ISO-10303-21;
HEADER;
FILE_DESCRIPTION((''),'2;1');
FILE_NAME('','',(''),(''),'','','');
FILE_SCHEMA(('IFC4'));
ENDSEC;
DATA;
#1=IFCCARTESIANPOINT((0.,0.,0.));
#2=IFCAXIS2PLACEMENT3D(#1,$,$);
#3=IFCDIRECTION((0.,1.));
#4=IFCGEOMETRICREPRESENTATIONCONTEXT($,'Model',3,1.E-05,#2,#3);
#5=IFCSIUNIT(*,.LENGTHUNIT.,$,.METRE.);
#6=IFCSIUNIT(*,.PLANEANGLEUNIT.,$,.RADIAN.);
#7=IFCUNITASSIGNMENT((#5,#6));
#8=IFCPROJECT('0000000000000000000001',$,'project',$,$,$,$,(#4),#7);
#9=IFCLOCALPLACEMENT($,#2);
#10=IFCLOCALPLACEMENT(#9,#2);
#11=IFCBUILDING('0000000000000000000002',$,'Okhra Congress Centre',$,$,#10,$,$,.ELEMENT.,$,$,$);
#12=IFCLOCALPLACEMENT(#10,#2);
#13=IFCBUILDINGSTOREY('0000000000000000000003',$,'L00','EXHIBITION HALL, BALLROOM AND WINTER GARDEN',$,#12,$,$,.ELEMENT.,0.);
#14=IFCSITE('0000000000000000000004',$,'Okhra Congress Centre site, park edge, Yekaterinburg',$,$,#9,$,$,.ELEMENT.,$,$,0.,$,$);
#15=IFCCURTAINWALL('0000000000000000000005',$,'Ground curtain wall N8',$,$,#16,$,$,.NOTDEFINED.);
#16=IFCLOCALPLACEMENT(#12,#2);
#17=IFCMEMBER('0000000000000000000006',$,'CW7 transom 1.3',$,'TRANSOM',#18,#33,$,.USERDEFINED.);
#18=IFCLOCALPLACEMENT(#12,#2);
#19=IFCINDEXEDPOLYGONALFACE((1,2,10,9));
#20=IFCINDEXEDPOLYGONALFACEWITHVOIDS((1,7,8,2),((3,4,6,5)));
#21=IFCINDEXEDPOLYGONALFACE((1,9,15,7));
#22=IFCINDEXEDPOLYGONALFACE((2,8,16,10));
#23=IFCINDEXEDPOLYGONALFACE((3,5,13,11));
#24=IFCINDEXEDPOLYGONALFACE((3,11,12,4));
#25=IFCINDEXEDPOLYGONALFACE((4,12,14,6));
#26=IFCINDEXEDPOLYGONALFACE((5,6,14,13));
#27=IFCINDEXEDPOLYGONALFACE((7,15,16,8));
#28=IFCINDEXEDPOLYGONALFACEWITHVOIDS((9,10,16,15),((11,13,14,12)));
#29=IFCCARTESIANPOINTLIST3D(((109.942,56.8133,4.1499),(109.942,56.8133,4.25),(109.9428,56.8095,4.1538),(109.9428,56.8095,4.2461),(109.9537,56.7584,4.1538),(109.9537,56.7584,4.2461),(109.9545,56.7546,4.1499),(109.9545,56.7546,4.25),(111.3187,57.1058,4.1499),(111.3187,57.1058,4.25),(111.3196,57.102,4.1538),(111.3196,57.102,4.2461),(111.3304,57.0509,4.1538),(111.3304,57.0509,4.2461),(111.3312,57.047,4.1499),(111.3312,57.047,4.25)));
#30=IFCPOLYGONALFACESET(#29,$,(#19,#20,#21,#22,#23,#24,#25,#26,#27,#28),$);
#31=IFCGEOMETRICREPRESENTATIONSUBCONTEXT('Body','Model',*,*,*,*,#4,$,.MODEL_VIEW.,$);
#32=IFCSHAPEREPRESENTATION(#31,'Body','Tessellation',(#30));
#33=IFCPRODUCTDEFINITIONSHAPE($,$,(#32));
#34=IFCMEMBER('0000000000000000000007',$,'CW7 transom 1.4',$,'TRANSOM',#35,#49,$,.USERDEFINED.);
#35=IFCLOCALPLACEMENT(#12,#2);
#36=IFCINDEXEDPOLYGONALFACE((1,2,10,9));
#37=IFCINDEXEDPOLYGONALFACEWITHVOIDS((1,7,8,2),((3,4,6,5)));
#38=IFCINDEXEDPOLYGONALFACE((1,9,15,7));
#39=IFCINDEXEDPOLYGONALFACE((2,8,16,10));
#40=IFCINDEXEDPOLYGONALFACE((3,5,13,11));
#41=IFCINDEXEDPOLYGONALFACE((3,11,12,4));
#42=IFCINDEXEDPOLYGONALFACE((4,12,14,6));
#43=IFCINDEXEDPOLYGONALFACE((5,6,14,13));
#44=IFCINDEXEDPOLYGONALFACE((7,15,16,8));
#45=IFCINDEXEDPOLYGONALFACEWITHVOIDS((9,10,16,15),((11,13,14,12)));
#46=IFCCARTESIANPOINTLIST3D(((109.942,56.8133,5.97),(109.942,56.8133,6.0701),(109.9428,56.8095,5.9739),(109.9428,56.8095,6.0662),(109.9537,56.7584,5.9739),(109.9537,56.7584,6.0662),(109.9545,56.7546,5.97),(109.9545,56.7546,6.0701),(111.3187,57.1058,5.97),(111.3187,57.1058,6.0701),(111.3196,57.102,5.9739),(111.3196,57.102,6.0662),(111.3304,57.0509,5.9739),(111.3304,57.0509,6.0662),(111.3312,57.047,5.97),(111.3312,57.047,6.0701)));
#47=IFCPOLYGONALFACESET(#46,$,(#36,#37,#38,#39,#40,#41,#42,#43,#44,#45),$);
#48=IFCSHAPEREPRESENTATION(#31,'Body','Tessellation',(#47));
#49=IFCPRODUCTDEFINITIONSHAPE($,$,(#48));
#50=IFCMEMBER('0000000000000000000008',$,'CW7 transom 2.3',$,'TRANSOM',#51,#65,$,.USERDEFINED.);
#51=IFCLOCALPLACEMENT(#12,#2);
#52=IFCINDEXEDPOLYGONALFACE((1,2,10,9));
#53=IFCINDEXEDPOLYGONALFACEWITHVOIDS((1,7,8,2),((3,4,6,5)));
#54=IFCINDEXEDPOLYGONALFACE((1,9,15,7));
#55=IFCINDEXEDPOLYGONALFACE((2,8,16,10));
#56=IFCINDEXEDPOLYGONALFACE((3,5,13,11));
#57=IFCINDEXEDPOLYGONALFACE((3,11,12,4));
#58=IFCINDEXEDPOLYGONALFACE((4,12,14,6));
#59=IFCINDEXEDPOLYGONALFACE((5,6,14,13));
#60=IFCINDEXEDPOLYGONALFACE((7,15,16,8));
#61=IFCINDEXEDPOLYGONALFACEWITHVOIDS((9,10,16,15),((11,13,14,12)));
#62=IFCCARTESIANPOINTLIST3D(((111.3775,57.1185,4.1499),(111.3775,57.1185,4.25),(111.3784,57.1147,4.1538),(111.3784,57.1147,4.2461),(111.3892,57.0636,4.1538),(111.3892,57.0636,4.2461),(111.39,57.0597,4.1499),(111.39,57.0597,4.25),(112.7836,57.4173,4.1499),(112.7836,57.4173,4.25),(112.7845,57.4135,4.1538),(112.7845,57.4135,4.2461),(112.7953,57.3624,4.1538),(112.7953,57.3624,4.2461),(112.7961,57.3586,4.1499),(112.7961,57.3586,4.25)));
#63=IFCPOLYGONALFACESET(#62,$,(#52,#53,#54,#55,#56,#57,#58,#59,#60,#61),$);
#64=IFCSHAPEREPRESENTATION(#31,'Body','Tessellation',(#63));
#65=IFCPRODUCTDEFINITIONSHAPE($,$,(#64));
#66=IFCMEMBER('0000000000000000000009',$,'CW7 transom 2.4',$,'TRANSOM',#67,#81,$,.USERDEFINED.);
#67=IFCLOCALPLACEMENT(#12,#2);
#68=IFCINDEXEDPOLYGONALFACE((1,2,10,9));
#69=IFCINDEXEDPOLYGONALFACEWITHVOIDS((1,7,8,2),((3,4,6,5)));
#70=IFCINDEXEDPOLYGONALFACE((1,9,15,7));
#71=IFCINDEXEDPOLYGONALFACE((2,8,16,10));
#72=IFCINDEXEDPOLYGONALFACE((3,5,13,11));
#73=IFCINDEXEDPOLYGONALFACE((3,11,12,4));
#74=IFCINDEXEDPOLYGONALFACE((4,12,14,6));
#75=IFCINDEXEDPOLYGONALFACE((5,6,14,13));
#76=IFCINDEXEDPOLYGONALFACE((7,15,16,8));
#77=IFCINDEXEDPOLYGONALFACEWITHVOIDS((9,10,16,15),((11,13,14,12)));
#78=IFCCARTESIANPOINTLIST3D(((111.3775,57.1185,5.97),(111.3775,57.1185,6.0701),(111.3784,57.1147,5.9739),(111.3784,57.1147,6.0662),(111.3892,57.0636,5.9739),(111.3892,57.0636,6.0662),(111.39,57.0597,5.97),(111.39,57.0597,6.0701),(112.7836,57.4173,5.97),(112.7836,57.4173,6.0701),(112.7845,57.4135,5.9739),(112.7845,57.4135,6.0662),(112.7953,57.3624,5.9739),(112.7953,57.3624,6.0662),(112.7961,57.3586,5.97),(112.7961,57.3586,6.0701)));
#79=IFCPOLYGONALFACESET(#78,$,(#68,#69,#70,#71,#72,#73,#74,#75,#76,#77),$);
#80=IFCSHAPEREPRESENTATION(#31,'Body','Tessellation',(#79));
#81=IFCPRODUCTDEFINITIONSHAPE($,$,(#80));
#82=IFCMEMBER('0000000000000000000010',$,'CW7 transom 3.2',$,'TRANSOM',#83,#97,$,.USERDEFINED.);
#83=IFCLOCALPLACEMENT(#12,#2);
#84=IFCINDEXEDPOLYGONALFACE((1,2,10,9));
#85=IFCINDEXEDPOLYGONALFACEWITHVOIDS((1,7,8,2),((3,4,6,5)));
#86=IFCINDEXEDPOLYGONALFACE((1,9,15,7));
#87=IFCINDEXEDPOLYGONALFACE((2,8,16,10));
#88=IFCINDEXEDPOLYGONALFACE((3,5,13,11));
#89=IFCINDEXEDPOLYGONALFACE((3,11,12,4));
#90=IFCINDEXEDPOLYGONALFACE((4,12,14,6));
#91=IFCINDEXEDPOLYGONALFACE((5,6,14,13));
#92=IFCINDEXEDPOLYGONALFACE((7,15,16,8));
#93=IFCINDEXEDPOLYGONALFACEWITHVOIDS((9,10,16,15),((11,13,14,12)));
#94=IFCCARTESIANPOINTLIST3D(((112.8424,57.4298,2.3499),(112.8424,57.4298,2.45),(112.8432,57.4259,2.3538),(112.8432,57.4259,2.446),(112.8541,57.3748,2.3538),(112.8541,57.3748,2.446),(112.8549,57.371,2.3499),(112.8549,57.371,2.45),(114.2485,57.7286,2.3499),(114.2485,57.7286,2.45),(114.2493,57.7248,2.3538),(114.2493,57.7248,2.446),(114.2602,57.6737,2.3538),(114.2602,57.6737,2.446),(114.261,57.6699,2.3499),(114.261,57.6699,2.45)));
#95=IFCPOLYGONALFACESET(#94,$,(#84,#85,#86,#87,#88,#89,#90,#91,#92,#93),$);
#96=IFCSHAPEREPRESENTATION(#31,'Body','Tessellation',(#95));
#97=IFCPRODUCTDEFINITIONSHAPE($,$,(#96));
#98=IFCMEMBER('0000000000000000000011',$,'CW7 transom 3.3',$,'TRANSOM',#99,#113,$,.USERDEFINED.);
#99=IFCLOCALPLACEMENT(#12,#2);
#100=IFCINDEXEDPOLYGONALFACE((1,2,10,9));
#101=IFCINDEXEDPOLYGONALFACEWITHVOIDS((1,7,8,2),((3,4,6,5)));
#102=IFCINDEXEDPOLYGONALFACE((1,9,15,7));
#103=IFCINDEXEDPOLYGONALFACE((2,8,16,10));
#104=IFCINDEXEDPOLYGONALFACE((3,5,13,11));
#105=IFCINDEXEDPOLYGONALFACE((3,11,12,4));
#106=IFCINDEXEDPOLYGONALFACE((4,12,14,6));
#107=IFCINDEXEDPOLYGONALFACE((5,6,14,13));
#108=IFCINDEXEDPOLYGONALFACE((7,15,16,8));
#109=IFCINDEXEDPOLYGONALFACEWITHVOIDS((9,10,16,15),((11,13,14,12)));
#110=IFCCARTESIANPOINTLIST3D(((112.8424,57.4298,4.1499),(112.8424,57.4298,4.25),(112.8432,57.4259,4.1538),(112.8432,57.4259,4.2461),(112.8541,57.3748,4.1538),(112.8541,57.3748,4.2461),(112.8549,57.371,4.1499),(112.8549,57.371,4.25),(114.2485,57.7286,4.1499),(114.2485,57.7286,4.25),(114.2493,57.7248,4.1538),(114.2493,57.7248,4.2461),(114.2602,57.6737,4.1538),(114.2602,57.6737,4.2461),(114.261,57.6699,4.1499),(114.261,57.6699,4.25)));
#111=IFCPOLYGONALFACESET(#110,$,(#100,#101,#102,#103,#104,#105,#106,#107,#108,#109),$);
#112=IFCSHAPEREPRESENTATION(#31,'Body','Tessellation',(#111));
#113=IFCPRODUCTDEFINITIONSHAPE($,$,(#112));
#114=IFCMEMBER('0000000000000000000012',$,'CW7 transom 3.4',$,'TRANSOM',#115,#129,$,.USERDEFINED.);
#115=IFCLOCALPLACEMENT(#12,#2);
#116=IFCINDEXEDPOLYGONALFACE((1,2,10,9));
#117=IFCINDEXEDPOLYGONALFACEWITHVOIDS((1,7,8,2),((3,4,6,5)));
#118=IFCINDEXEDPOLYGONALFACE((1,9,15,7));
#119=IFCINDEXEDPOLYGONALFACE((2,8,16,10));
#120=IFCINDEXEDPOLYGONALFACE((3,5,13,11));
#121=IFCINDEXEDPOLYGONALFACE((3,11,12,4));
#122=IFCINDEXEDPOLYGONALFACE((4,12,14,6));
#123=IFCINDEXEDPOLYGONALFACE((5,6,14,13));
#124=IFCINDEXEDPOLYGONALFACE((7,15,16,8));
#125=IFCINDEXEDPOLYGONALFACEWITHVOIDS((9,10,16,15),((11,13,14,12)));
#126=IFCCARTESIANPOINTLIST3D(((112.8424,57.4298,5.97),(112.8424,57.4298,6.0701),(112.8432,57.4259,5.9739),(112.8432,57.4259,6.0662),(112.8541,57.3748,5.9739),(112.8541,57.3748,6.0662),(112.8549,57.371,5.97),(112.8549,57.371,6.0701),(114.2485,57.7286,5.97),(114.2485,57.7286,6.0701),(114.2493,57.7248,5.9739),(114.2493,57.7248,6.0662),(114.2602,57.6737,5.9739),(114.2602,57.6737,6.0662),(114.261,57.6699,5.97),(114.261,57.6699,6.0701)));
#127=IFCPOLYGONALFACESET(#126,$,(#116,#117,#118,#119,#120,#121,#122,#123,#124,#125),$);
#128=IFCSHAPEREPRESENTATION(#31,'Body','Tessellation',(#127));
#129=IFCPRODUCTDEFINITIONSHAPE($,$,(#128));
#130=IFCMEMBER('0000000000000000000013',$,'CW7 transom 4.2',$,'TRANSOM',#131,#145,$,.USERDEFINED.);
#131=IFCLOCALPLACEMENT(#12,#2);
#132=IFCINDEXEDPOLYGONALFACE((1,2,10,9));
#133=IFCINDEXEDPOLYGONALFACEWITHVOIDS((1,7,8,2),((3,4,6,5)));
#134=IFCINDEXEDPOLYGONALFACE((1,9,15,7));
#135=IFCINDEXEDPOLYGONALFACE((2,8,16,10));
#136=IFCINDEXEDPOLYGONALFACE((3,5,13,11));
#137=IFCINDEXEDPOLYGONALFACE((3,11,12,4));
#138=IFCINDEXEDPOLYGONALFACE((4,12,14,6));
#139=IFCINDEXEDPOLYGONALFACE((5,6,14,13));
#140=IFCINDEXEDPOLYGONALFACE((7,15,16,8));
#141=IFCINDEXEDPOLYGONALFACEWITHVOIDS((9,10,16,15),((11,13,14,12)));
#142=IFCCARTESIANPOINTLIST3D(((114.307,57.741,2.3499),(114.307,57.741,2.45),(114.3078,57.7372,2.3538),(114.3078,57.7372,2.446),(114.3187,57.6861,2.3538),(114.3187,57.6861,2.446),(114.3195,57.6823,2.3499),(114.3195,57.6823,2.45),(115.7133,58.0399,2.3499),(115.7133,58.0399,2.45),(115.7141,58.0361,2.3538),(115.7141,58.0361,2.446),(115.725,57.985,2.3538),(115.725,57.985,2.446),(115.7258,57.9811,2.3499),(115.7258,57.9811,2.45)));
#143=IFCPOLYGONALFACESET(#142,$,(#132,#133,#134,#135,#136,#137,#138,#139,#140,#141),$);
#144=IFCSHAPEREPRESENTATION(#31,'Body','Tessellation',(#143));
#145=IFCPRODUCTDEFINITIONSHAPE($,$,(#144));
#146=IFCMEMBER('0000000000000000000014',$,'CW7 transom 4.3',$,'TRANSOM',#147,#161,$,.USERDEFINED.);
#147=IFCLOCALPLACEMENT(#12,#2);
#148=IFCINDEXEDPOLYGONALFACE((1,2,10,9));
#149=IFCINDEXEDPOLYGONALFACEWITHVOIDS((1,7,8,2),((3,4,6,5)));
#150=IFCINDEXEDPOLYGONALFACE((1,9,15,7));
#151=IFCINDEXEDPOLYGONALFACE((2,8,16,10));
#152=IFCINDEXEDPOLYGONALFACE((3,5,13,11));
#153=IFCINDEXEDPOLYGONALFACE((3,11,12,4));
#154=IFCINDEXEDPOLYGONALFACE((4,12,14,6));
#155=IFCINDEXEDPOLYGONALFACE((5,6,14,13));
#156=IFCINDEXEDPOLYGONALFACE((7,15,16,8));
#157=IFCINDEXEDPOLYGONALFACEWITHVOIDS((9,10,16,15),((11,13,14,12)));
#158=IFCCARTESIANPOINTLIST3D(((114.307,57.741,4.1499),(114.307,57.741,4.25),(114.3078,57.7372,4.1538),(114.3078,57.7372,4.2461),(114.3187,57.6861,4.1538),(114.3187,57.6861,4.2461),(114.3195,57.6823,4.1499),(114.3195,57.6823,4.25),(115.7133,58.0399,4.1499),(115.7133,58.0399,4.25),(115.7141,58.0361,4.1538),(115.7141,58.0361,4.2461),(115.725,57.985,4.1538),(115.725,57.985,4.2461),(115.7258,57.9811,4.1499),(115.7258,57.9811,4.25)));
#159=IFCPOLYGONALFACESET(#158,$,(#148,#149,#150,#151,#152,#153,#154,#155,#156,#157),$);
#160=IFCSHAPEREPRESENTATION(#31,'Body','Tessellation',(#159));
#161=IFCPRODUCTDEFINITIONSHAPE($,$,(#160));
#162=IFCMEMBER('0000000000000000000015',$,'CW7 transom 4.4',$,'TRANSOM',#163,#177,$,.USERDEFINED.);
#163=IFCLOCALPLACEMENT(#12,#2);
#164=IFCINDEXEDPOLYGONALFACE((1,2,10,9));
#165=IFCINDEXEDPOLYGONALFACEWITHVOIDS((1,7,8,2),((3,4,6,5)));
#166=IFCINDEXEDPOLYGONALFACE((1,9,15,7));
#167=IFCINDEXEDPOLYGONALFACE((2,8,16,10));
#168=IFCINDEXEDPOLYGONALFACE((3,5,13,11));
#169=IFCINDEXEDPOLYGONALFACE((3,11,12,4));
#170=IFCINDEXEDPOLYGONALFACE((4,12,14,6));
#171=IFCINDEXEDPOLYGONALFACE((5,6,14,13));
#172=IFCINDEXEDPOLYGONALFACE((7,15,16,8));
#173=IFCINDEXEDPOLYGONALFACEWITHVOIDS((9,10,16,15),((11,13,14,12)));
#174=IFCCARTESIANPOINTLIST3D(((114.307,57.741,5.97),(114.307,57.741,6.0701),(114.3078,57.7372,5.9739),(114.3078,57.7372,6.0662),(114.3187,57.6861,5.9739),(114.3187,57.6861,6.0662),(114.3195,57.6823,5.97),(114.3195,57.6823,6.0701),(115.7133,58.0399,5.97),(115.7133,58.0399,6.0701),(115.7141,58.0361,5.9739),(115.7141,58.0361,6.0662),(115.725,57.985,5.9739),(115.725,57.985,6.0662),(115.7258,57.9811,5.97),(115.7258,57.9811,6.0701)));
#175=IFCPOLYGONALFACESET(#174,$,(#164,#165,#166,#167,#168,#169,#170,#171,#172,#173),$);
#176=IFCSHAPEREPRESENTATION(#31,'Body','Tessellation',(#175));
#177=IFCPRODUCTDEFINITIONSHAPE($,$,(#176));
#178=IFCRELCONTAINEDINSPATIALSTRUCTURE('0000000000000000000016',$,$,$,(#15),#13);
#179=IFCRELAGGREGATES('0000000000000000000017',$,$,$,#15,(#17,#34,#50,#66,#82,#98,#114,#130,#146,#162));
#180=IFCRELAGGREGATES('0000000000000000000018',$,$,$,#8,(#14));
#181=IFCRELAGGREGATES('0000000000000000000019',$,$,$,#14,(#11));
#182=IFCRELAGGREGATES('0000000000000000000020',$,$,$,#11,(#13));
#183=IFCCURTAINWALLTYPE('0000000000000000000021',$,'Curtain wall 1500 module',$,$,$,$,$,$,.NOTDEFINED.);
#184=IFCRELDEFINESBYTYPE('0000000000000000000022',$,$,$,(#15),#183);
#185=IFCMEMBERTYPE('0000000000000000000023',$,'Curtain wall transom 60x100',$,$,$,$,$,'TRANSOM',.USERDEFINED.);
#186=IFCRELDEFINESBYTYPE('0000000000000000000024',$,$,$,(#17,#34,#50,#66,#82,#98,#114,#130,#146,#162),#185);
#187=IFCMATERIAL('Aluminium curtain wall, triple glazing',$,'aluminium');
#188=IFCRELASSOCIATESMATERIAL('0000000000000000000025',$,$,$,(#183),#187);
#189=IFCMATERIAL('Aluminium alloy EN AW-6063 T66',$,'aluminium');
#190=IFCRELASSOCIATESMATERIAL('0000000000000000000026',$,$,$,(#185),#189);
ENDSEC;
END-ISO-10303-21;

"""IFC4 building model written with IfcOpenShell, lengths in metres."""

from ifc_helpers import new_model, si_unit, direction, frame, origin, origin_2d, place, context, subcontext, project, spatial, hollow_rectangle, extrude, material, material_profile, profile_set, type_object, element, aggregate, save


model = new_model("IFC4")

# Units and contexts
model_context = context("Model", 3, precision=1e-05, world=origin(), true_north=direction((0.0, 1.0)))
body_context = subcontext(model_context, "Body", "Model", "MODEL_VIEW")
ifc_project = project(units=[si_unit("LENGTHUNIT", "METRE"), si_unit("PLANEANGLEUNIT", "RADIAN")], contexts=[model_context])

# Site, building, storey
site_placement = place(None, origin())
site = spatial("IfcSite", under=ifc_project, at=site_placement, Name="Okhra Congress Centre site, park edge, Yekaterinburg", CompositionType="ELEMENT", RefElevation=0.0)
building_placement = place(site_placement, origin())
building = spatial("IfcBuilding", under=site, at=building_placement, Name="Okhra Congress Centre", CompositionType="ELEMENT")
storey_placement = place(building_placement, origin())
storey = spatial("IfcBuildingStorey", under=building, at=storey_placement, Name="L00", Description="EXHIBITION HALL, BALLROOM AND WINTER GARDEN", CompositionType="ELEMENT", Elevation=0.0)

# Curtain wall, members
ifc_material_1 = material(Name="Aluminium curtain wall, triple glazing", Category="aluminium")
curtain_wall_type = type_object("IfcCurtainWallType", Name="Curtain wall 1500 module", PredefinedType="NOTDEFINED", material=ifc_material_1)
curtain_wall_placement = place(storey_placement, origin())
curtain_wall = element("IfcCurtainWall", 1, at=curtain_wall_placement, inside=storey, type_object=curtain_wall_type, Name="Ground curtain wall N8", PredefinedType="NOTDEFINED")
ifc_material_2 = material(Name="Aluminium alloy EN AW-6063 T66", Category="aluminium")
ifc_material_profile_1 = material_profile(ifc_material_2, hollow_rectangle(XDim=0.0601, YDim=0.1001, WallThickness=0.0039, at=origin_2d()), Name="RHS 60x100x4")
ifc_profile_set_1 = profile_set([ifc_material_profile_1], Name="Aluminium alloy EN AW-6063 T66")
member_type = type_object("IfcMemberType", Name="Curtain wall transom 60x100", ElementType="TRANSOM", PredefinedType="USERDEFINED", material=ifc_profile_set_1)
member_1_placement = place(storey_placement, frame((109.9482, 56.7839, 4.2), z_axis=(0.978169, 0.207811, 0.0), x_axis=(-0.207811, 0.978169, 0.0)))
member_1 = element("IfcMember", 2, at=member_1_placement, type_object=member_type, Name="CW7 transom 1.3", ObjectType="TRANSOM", PredefinedType="USERDEFINED", context=body_context, shape_type="SweptSolid", body=[
    extrude(hollow_rectangle(XDim=0.0601, YDim=0.1001, WallThickness=0.0039, at=origin_2d()), origin(), (0.0, 0.0, 1.0), 1.4075),
])
member_2_placement = place(storey_placement, frame((109.9482, 56.7839, 6.02), z_axis=(0.978169, 0.207811, 0.0), x_axis=(-0.207811, 0.978169, 0.0)))
member_2 = element("IfcMember", 3, at=member_2_placement, type_object=member_type, Name="CW7 transom 1.4", ObjectType="TRANSOM", PredefinedType="USERDEFINED", context=body_context, shape_type="SweptSolid", body=[
    extrude(hollow_rectangle(XDim=0.0601, YDim=0.1001, WallThickness=0.0039, at=origin_2d()), origin(), (0.0, 0.0, 1.0), 1.4075),
])
member_3_placement = place(storey_placement, frame((111.3838, 57.0891, 4.2), z_axis=(0.978152, 0.207893, 0.0), x_axis=(-0.207893, 0.978152, 0.0)))
member_3 = element("IfcMember", 4, at=member_3_placement, type_object=member_type, Name="CW7 transom 2.3", ObjectType="TRANSOM", PredefinedType="USERDEFINED", context=body_context, shape_type="SweptSolid", body=[
    extrude(hollow_rectangle(XDim=0.0601, YDim=0.1001, WallThickness=0.0039, at=origin_2d()), origin(), (0.0, 0.0, 1.0), 1.4375),
])
member_4_placement = place(storey_placement, frame((111.3838, 57.0891, 6.02), z_axis=(0.978152, 0.207893, 0.0), x_axis=(-0.207893, 0.978152, 0.0)))
member_4 = element("IfcMember", 5, at=member_4_placement, type_object=member_type, Name="CW7 transom 2.4", ObjectType="TRANSOM", PredefinedType="USERDEFINED", context=body_context, shape_type="SweptSolid", body=[
    extrude(hollow_rectangle(XDim=0.0601, YDim=0.1001, WallThickness=0.0039, at=origin_2d()), origin(), (0.0, 0.0, 1.0), 1.4375),
])
member_5_placement = place(storey_placement, frame((112.8486, 57.4004, 2.3999), z_axis=(0.978152, 0.207893, 0.0), x_axis=(-0.207893, 0.978152, 0.0)))
member_5 = element("IfcMember", 6, at=member_5_placement, type_object=member_type, Name="CW7 transom 3.2", ObjectType="TRANSOM", PredefinedType="USERDEFINED", context=body_context, shape_type="SweptSolid", body=[
    extrude(hollow_rectangle(XDim=0.0601, YDim=0.1001, WallThickness=0.0039, at=origin_2d()), origin(), (0.0, 0.0, 1.0), 1.4375),
])
member_6_placement = place(storey_placement, frame((112.8486, 57.4004, 4.2), z_axis=(0.978152, 0.207893, 0.0), x_axis=(-0.207893, 0.978152, 0.0)))
member_6 = element("IfcMember", 7, at=member_6_placement, type_object=member_type, Name="CW7 transom 3.3", ObjectType="TRANSOM", PredefinedType="USERDEFINED", context=body_context, shape_type="SweptSolid", body=[
    extrude(hollow_rectangle(XDim=0.0601, YDim=0.1001, WallThickness=0.0039, at=origin_2d()), origin(), (0.0, 0.0, 1.0), 1.4375),
])
member_7_placement = place(storey_placement, frame((112.8486, 57.4004, 6.02), z_axis=(0.978152, 0.207893, 0.0), x_axis=(-0.207893, 0.978152, 0.0)))
member_7 = element("IfcMember", 8, at=member_7_placement, type_object=member_type, Name="CW7 transom 3.4", ObjectType="TRANSOM", PredefinedType="USERDEFINED", context=body_context, shape_type="SweptSolid", body=[
    extrude(hollow_rectangle(XDim=0.0601, YDim=0.1001, WallThickness=0.0039, at=origin_2d()), origin(), (0.0, 0.0, 1.0), 1.4375),
])
member_8_placement = place(storey_placement, frame((114.3132, 57.7117, 2.3999), z_axis=(0.978159, 0.207859, 0.0), x_axis=(-0.207859, 0.978159, 0.0)))
member_8 = element("IfcMember", 9, at=member_8_placement, type_object=member_type, Name="CW7 transom 4.2", ObjectType="TRANSOM", PredefinedType="USERDEFINED", context=body_context, shape_type="SweptSolid", body=[
    extrude(hollow_rectangle(XDim=0.0601, YDim=0.1001, WallThickness=0.0039, at=origin_2d()), origin(), (0.0, 0.0, 1.0), 1.4377),
])
member_9_placement = place(storey_placement, frame((114.3132, 57.7117, 4.2), z_axis=(0.978159, 0.207859, 0.0), x_axis=(-0.207859, 0.978159, 0.0)))
member_9 = element("IfcMember", 10, at=member_9_placement, type_object=member_type, Name="CW7 transom 4.3", ObjectType="TRANSOM", PredefinedType="USERDEFINED", context=body_context, shape_type="SweptSolid", body=[
    extrude(hollow_rectangle(XDim=0.0601, YDim=0.1001, WallThickness=0.0039, at=origin_2d()), origin(), (0.0, 0.0, 1.0), 1.4377),
])
member_10_placement = place(storey_placement, frame((114.3132, 57.7117, 6.02), z_axis=(0.978159, 0.207859, 0.0), x_axis=(-0.207859, 0.978159, 0.0)))
member_10 = element("IfcMember", 11, at=member_10_placement, type_object=member_type, Name="CW7 transom 4.4", ObjectType="TRANSOM", PredefinedType="USERDEFINED", context=body_context, shape_type="SweptSolid", body=[
    extrude(hollow_rectangle(XDim=0.0601, YDim=0.1001, WallThickness=0.0039, at=origin_2d()), origin(), (0.0, 0.0, 1.0), 1.4377),
])

aggregate(curtain_wall, [member_1, member_2, member_3, member_4, member_5, member_6, member_7, member_8, member_9, member_10])

save(model, "model.ifc")
